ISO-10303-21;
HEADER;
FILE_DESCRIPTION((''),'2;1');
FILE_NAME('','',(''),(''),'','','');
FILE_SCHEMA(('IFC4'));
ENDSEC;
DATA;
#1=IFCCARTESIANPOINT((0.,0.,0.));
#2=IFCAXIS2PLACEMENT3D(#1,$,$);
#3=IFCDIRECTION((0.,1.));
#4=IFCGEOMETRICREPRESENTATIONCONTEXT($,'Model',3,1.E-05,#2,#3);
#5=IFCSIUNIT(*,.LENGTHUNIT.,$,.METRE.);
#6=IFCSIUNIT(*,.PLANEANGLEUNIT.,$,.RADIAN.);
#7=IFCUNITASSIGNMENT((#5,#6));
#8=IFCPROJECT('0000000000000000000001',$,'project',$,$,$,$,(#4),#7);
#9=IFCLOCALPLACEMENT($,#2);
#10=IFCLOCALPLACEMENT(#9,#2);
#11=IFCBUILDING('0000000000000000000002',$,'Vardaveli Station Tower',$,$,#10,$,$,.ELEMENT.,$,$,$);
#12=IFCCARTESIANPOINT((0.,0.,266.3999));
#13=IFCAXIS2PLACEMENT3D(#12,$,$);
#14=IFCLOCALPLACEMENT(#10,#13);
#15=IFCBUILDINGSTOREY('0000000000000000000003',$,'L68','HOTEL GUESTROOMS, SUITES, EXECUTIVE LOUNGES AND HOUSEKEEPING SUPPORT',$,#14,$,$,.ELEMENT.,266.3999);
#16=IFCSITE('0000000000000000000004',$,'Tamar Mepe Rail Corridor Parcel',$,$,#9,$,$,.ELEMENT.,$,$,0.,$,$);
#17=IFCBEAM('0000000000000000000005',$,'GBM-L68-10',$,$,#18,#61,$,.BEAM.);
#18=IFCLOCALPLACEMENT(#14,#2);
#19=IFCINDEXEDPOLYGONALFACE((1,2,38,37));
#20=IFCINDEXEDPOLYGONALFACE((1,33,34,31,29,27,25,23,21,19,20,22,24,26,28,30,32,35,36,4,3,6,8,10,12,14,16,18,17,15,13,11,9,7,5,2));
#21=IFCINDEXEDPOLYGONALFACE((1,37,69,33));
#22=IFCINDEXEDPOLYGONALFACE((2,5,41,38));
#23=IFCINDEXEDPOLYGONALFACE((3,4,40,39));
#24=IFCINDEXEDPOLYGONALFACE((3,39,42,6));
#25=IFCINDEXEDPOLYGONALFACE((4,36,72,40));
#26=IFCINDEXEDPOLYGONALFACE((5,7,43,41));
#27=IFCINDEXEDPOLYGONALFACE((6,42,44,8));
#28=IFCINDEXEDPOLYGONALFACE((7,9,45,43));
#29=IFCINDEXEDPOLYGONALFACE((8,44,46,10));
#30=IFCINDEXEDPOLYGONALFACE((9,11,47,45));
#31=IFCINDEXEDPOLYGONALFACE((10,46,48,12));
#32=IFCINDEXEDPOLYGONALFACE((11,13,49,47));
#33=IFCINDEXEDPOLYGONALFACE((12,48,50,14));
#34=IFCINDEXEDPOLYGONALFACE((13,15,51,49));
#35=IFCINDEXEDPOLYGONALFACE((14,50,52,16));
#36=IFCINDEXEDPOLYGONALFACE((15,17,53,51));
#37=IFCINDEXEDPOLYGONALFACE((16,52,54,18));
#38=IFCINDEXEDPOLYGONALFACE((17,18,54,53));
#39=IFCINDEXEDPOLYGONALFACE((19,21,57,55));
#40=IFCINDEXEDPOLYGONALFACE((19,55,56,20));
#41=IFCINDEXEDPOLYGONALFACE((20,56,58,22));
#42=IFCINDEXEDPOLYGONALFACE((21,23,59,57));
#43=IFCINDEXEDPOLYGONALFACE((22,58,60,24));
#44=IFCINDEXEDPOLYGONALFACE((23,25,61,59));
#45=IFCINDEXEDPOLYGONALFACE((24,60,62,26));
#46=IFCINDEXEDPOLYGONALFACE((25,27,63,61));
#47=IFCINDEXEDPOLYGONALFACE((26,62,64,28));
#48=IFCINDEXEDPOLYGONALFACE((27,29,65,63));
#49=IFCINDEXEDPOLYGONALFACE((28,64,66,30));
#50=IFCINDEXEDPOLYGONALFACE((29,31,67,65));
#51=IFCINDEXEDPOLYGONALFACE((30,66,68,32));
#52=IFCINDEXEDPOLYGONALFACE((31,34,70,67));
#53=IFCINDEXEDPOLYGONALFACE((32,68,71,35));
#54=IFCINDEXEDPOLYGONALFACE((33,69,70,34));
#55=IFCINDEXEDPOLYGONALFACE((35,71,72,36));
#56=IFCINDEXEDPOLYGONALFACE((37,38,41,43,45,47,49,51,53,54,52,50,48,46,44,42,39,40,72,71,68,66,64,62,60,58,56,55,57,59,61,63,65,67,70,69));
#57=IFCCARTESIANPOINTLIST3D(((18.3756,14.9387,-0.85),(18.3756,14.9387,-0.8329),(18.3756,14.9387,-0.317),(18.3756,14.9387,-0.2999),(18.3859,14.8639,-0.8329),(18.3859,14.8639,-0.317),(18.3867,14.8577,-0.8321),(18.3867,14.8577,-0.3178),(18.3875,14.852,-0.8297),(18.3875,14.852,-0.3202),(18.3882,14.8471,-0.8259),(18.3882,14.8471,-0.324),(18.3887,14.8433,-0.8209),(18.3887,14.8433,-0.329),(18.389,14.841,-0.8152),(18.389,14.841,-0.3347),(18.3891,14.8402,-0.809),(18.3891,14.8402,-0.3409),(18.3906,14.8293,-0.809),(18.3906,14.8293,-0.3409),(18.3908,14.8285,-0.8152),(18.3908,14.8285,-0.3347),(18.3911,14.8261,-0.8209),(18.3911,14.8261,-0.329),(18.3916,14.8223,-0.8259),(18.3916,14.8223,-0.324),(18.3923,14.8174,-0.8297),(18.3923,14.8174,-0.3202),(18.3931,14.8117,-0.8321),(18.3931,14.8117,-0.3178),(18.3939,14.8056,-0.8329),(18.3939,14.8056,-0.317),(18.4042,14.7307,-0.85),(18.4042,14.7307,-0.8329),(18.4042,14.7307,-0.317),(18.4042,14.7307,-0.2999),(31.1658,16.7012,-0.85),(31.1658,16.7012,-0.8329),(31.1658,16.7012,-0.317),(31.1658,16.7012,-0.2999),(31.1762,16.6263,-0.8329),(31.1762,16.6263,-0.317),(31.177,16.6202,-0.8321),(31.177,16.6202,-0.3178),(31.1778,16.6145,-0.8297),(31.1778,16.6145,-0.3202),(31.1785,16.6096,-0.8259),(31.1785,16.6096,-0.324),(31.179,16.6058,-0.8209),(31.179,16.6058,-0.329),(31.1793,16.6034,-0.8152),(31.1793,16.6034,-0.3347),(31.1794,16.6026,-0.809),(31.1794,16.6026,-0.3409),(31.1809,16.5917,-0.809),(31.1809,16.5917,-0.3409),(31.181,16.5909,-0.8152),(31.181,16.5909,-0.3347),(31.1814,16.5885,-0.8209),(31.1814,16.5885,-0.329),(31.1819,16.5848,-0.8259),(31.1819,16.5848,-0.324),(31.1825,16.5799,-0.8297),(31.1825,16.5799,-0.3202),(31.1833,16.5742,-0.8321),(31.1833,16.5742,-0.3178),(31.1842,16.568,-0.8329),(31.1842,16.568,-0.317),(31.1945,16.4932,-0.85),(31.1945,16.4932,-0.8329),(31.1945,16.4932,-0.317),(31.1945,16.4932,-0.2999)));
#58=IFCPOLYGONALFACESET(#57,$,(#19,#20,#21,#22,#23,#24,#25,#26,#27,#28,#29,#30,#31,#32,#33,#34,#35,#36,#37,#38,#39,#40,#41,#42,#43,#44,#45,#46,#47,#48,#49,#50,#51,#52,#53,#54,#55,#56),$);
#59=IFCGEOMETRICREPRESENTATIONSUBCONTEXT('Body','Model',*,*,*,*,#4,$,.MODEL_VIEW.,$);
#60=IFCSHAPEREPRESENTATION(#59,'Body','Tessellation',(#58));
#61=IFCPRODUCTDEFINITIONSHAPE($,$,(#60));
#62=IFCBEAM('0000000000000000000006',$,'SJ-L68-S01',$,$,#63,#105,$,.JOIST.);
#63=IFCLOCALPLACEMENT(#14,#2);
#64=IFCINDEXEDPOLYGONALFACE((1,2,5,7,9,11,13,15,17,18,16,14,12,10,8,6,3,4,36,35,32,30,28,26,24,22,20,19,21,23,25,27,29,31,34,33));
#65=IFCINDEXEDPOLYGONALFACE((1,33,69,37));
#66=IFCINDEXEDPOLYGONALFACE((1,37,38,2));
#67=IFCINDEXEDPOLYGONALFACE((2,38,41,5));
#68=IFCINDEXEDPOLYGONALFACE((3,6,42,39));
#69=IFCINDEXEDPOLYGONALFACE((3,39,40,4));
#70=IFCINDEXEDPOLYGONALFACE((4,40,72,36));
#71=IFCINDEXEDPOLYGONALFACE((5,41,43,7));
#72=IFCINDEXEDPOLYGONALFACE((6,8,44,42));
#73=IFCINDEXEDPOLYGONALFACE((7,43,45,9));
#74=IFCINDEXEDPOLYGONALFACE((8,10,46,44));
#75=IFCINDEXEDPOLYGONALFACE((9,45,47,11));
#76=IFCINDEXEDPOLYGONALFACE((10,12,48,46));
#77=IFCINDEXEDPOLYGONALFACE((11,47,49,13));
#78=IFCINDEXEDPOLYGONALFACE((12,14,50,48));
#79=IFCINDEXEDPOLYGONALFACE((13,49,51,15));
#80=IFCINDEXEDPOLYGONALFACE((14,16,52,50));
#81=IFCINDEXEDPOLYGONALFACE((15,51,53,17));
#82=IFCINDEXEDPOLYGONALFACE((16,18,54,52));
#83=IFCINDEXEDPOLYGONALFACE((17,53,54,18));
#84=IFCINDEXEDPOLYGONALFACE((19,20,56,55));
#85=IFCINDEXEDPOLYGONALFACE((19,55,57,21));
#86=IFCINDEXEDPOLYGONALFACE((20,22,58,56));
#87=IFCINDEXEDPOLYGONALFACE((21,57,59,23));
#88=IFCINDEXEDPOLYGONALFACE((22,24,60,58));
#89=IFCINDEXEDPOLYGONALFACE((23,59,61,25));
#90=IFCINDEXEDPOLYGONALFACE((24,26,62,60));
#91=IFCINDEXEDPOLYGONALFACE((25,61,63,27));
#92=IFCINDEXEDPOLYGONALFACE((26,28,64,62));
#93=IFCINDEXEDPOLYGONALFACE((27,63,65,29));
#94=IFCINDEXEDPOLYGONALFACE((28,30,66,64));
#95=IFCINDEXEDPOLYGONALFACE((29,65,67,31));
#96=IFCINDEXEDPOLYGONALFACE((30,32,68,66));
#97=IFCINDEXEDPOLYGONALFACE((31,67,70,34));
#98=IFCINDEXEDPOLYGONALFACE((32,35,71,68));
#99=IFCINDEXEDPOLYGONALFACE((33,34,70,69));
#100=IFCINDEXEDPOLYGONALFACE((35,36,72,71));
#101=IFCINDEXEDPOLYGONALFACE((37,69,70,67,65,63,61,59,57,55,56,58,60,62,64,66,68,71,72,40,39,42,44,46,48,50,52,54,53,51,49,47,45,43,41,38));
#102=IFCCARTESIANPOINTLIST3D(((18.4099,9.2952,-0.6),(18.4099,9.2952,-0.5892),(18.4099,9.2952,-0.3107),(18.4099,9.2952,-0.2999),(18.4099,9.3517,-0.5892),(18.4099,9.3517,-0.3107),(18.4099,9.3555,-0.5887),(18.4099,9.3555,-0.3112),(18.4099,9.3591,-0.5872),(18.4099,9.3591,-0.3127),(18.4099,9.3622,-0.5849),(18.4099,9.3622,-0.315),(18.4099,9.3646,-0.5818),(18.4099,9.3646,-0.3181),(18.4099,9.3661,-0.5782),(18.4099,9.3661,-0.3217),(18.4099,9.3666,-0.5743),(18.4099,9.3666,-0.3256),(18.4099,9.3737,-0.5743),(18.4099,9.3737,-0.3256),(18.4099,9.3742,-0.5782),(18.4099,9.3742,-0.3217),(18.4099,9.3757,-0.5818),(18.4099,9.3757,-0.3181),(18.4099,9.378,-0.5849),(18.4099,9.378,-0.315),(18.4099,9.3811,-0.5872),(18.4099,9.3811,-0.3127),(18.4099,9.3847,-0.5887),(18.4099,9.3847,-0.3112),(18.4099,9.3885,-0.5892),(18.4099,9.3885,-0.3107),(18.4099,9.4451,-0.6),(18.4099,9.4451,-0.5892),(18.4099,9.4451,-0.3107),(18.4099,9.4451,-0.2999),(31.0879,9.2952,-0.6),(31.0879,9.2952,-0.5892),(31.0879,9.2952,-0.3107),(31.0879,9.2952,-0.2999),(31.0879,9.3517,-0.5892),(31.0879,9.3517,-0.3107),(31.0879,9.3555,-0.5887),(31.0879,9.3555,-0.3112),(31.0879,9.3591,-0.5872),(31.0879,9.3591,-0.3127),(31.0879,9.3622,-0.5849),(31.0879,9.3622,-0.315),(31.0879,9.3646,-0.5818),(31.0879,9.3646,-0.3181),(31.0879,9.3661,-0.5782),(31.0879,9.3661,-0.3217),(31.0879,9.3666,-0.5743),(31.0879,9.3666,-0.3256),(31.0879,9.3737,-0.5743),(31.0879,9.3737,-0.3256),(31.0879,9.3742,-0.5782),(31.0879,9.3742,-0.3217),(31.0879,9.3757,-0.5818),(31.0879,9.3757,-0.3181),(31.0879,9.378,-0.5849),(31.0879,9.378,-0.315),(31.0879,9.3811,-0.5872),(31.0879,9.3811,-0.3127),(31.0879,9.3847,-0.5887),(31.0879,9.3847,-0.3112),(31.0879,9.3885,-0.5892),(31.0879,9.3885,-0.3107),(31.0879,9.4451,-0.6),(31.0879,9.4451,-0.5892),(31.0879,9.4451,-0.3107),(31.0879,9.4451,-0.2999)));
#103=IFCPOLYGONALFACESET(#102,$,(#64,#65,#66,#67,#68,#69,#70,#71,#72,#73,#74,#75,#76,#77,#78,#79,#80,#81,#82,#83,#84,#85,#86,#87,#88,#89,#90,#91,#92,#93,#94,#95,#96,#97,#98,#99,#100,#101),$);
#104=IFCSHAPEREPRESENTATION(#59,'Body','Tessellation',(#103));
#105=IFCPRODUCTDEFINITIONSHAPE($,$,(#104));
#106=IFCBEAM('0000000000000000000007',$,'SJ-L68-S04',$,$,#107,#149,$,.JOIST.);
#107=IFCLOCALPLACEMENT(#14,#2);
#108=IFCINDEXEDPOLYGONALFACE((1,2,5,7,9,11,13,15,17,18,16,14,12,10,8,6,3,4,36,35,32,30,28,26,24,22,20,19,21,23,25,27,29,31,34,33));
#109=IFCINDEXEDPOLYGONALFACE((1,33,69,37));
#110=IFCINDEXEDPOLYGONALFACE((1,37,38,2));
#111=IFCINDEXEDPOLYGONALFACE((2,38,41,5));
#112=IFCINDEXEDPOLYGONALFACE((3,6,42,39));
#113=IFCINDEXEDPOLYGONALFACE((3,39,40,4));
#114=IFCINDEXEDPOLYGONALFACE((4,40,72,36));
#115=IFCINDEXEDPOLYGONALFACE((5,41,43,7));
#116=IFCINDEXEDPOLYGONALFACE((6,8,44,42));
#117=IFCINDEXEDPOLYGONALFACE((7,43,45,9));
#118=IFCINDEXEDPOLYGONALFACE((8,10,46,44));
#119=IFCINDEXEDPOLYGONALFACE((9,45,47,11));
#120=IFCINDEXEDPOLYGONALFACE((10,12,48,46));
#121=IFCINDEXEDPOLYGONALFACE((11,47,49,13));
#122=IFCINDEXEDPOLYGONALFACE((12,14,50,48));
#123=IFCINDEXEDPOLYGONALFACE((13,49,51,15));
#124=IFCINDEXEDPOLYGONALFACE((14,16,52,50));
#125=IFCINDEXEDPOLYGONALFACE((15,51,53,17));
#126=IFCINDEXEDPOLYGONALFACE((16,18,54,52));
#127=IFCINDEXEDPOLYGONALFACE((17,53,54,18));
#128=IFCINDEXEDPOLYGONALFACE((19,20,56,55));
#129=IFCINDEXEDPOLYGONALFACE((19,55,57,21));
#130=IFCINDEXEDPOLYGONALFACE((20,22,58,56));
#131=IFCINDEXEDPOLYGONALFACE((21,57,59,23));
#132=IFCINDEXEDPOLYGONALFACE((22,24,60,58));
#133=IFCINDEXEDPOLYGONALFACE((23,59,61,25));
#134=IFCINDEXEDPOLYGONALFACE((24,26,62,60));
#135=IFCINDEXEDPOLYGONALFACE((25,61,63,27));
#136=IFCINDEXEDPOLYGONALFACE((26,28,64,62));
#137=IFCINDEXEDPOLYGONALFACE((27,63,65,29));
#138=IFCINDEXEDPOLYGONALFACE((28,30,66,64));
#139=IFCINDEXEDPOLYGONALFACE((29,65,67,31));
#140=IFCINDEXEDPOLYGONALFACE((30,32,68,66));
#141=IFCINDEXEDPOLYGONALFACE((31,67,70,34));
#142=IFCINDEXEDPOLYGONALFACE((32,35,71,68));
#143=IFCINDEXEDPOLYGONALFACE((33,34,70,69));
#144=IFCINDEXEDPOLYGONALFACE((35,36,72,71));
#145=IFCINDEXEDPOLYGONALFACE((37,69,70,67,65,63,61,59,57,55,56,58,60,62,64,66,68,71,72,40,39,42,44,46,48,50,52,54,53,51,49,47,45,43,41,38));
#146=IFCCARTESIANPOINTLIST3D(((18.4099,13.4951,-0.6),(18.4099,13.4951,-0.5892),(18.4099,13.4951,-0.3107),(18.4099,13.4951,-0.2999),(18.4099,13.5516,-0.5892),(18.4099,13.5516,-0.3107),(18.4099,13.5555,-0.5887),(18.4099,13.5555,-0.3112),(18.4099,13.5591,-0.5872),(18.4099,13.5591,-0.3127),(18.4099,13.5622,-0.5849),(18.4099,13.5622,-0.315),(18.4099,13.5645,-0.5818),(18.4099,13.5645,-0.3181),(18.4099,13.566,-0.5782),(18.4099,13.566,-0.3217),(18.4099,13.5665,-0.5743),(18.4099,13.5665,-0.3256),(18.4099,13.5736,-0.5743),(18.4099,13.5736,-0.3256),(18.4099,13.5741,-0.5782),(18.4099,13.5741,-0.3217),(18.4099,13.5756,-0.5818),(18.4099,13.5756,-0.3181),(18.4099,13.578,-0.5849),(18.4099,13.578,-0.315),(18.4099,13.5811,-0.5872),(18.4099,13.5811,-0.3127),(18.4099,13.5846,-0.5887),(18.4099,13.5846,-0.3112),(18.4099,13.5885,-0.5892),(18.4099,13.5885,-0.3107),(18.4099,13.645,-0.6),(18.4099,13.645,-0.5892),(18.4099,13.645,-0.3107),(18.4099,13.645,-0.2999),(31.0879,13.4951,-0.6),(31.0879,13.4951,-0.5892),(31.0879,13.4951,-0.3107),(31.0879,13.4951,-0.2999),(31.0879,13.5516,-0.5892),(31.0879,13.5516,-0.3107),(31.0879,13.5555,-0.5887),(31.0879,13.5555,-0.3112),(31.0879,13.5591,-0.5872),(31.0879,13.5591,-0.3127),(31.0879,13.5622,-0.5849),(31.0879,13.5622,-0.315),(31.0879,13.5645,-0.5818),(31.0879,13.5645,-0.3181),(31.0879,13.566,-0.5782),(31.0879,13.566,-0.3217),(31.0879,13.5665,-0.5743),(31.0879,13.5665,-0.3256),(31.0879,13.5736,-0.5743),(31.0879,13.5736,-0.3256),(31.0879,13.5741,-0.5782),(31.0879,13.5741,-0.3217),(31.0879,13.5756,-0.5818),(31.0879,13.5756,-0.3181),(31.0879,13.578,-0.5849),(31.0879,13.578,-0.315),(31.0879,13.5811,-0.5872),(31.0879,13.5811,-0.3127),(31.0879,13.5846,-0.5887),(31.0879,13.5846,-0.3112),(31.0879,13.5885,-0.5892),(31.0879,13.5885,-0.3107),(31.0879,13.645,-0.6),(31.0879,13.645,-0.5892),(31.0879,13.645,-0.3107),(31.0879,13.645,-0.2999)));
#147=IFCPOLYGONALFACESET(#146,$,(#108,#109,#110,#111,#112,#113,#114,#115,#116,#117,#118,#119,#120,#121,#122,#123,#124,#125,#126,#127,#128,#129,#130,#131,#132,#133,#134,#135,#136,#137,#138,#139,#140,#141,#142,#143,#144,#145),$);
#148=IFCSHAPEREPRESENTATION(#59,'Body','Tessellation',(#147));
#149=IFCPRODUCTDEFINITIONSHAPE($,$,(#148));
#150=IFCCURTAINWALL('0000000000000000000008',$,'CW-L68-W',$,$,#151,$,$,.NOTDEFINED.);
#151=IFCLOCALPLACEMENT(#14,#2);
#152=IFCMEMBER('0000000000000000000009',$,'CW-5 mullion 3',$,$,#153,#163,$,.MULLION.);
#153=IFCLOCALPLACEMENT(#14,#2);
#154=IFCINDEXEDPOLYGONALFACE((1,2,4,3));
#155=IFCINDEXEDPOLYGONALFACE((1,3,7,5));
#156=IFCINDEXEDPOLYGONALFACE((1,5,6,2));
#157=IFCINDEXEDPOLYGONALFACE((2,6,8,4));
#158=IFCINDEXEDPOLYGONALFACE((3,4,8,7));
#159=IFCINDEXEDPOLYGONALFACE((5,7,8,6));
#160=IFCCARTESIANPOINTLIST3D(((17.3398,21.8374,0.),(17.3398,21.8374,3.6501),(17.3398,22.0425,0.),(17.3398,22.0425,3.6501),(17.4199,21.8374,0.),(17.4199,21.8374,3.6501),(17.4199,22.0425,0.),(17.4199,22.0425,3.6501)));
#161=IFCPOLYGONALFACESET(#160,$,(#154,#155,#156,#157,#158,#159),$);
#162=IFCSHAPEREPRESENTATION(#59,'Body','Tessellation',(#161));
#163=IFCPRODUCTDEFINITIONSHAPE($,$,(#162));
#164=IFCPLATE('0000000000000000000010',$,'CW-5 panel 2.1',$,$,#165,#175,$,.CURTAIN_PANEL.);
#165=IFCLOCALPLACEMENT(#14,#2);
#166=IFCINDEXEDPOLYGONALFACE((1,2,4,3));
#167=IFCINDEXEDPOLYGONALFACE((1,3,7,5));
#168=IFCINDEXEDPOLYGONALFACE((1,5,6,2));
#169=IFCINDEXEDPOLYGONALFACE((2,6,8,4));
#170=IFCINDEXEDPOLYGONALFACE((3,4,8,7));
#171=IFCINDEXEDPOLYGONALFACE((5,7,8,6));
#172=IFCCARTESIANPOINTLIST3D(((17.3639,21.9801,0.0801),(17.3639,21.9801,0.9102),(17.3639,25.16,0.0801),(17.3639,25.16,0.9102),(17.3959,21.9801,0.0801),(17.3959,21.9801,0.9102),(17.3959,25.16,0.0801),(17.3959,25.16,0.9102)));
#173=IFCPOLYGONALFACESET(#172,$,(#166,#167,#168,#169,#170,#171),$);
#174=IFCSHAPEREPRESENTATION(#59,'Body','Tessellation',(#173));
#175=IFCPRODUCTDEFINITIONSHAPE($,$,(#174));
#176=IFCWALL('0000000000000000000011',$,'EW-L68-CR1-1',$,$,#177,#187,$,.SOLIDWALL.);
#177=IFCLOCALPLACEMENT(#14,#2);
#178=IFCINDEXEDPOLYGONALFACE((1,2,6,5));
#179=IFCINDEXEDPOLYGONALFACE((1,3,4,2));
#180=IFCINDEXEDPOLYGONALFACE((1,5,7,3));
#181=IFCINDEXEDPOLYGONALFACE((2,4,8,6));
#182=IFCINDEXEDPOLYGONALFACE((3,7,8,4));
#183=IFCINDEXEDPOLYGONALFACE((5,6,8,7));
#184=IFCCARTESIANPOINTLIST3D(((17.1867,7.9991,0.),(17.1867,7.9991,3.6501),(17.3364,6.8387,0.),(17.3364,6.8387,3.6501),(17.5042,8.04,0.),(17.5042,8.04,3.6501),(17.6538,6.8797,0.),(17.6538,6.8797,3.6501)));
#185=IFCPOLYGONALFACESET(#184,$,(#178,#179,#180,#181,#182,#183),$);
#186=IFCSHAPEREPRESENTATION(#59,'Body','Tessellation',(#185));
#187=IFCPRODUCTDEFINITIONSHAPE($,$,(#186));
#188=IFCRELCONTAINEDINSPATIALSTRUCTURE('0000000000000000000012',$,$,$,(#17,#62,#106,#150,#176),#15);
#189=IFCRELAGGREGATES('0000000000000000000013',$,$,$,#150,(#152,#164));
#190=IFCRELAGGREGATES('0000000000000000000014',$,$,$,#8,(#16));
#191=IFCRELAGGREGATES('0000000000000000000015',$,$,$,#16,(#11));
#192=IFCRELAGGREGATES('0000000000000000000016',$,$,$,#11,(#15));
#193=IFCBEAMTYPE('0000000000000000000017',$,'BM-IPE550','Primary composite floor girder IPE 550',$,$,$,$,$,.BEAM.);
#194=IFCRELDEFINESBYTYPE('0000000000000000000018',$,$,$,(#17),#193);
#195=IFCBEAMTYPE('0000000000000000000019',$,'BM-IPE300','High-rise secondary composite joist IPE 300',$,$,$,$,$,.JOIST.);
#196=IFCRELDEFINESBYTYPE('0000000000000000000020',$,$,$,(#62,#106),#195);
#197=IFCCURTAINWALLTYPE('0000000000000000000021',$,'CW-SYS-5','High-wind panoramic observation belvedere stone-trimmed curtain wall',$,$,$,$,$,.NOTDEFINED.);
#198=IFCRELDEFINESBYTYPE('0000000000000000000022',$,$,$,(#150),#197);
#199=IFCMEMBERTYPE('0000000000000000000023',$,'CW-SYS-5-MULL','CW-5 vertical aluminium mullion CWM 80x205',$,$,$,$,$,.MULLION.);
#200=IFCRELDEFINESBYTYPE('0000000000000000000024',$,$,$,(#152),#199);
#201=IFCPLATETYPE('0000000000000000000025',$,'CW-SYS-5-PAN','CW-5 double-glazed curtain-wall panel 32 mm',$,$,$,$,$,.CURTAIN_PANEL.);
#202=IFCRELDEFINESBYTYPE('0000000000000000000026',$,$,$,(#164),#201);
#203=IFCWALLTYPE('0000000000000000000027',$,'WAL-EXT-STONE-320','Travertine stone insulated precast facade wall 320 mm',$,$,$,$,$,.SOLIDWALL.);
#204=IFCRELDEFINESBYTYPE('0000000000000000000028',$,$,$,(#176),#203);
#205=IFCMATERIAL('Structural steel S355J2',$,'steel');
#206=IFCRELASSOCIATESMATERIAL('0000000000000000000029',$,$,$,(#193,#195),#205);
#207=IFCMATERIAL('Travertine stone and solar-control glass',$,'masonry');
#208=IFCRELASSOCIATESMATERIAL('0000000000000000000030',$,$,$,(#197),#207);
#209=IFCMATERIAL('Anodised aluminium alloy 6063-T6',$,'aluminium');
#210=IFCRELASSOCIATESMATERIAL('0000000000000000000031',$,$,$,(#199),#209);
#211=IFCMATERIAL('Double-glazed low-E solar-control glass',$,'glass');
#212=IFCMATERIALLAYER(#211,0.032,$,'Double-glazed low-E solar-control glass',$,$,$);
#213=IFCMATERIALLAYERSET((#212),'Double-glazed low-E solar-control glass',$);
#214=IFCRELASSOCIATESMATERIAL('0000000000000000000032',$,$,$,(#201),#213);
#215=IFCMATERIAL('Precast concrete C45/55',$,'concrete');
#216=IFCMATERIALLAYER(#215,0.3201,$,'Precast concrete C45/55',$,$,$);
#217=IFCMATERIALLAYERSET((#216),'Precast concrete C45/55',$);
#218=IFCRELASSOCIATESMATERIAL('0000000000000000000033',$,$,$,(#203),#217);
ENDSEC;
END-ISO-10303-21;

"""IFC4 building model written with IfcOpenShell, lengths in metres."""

from ifc_helpers import new_model, si_unit, direction, frame, frame_2d, origin, origin_2d, place, context, subcontext, project, spatial, rectangle, i_section, extrude, source, transform, mapped, material, layer, layer_set, material_profile, profile_set, type_object, element, aggregate, save


model = new_model("IFC4")

# Units and contexts
model_context = context("Model", 3, precision=1e-05, world=origin(), true_north=direction((0.0, 1.0)))
body_context = subcontext(model_context, "Body", "Model", "MODEL_VIEW")
ifc_project = project(units=[si_unit("LENGTHUNIT", "METRE"), si_unit("PLANEANGLEUNIT", "RADIAN")], contexts=[model_context])

# Site, building, storey
site_placement = place(None, origin())
site = spatial("IfcSite", under=ifc_project, at=site_placement, Name="Tamar Mepe Rail Corridor Parcel", CompositionType="ELEMENT", RefElevation=0.0)
building_placement = place(site_placement, origin())
building = spatial("IfcBuilding", under=site, at=building_placement, Name="Vardaveli Station Tower", CompositionType="ELEMENT")
storey_placement = place(building_placement, frame((0.0, 0.0, 266.3999)))
storey = spatial("IfcBuildingStorey", under=building, at=storey_placement, Name="L68", Description="HOTEL GUESTROOMS, SUITES, EXECUTIVE LOUNGES AND HOUSEKEEPING SUPPORT", CompositionType="ELEMENT", Elevation=266.3999)

# Beams
ifc_material_1 = material(Name="Precast concrete C45/55", Category="concrete")
ifc_material_2 = material(Name="Structural steel S355J2", Category="steel")
ifc_material_profile_1 = material_profile(ifc_material_2, i_section(OverallWidth=0.21, OverallDepth=0.55, WebThickness=0.011, FlangeThickness=0.0171, FilletRadius=0.0239, at=origin_2d()), Name="IPE 550")
ifc_profile_set_1 = profile_set([ifc_material_profile_1], Name="Structural steel S355J2")
beam_type_1 = type_object("IfcBeamType", Name="BM-IPE550", Description="Primary composite floor girder IPE 550", PredefinedType="BEAM", material=ifc_profile_set_1)
shared_shape_1 = source(origin(), body_context, "Body", "SweptSolid", [
    extrude(i_section(OverallWidth=0.21, OverallDepth=0.55, WebThickness=0.011, FlangeThickness=0.0171, FilletRadius=0.0239, at=origin_2d()), origin(), (0.0, 0.0, 1.0), 12.9111),
])
beam_1_placement = place(storey_placement, frame((18.3899, 14.8347, -0.575), z_axis=(0.990639, 0.136506, 0.0), x_axis=(-0.136506, 0.990639, 0.0)))
element("IfcBeam", 1, at=beam_1_placement, inside=storey, type_object=beam_type_1, Name="GBM-L68-10", PredefinedType="BEAM", context=body_context, shape_type="MappedRepresentation", body=[
    mapped(shared_shape_1, transform((0.0, 0.0, 0.0), scale=1.0)),
])
ifc_material_profile_2 = material_profile(ifc_material_2, i_section(OverallWidth=0.1499, OverallDepth=0.3, WebThickness=0.0071, FlangeThickness=0.0107, FilletRadius=0.0149, at=origin_2d()), Name="IPE 300")
ifc_profile_set_2 = profile_set([ifc_material_profile_2], Name="Structural steel S355J2")
beam_type_2 = type_object("IfcBeamType", Name="BM-IPE300", Description="High-rise secondary composite joist IPE 300", PredefinedType="JOIST", material=ifc_profile_set_2)
shared_shape_2 = source(origin(), body_context, "Body", "SweptSolid", [
    extrude(i_section(OverallWidth=0.1499, OverallDepth=0.3, WebThickness=0.0071, FlangeThickness=0.0107, FilletRadius=0.0149, at=origin_2d()), origin(), (0.0, 0.0, 1.0), 12.678),
])
for number, where, z_axis, x_axis, name in (
    (2, (18.4099, 9.3701, -0.45), (1.0, 0.0, 0.0), (0.0, 1.0, 0.0), "SJ-L68-S01"),
    (3, (18.4099, 13.5701, -0.45), (1.0, 0.0, 0.0), (0.0, 1.0, 0.0), "SJ-L68-S04"),
):
    element("IfcBeam", number, at=place(storey_placement, frame(where, z_axis=z_axis, x_axis=x_axis)), inside=storey, type_object=beam_type_2, Name=name, PredefinedType="JOIST", context=body_context, shape_type="MappedRepresentation", body=[
        mapped(shared_shape_2, transform((0.0, 0.0, 0.0), scale=1.0)),
    ])

# Curtain wall, member, plate
ifc_material_3 = material(Name="Travertine stone and solar-control glass", Category="masonry")
curtain_wall_type = type_object("IfcCurtainWallType", Name="CW-SYS-5", Description="High-wind panoramic observation belvedere stone-trimmed curtain wall", PredefinedType="NOTDEFINED", material=ifc_material_3)
curtain_wall_placement = place(storey_placement, origin())
curtain_wall = element("IfcCurtainWall", 4, at=curtain_wall_placement, inside=storey, type_object=curtain_wall_type, Name="CW-L68-W", PredefinedType="NOTDEFINED")
ifc_material_4 = material(Name="Anodised aluminium alloy 6063-T6", Category="aluminium")
ifc_material_profile_3 = material_profile(ifc_material_4, rectangle(XDim=0.0801, YDim=0.2051, at=origin_2d()), Name="CWM 80x205")
ifc_profile_set_3 = profile_set([ifc_material_profile_3], Name="Anodised aluminium alloy 6063-T6")
member_type = type_object("IfcMemberType", Name="CW-SYS-5-MULL", Description="CW-5 vertical aluminium mullion CWM 80x205", PredefinedType="MULLION", material=ifc_profile_set_3)
shared_shape_3 = source(origin(), body_context, "Body", "SweptSolid", [
    extrude(rectangle(XDim=0.0801, YDim=0.2051, at=origin_2d()), origin(), (0.0, 0.0, 1.0), 3.6501),
])
member_placement = place(storey_placement, frame((17.3799, 21.9399, 0.0), z_axis=(0.0, 0.0, 1.0), x_axis=(1.0, 0.0, 0.0)))
member = element("IfcMember", 5, at=member_placement, type_object=member_type, Name="CW-5 mullion 3", PredefinedType="MULLION", context=body_context, shape_type="MappedRepresentation", body=[
    mapped(shared_shape_3, transform((0.0, 0.0, 0.0), scale=1.0)),
])
ifc_material_5 = material(Name="Double-glazed low-E solar-control glass", Category="glass")
ifc_layer_1 = layer(ifc_material_5, 0.032, Name="Double-glazed low-E solar-control glass")
ifc_layer_set_1 = layer_set([ifc_layer_1], Name="Double-glazed low-E solar-control glass")
plate_type = type_object("IfcPlateType", Name="CW-SYS-5-PAN", Description="CW-5 double-glazed curtain-wall panel 32 mm", PredefinedType="CURTAIN_PANEL", material=ifc_layer_set_1)
shared_shape_4 = source(origin(), body_context, "Body", "SweptSolid", [
    extrude(rectangle(XDim=3.1799, YDim=0.032, at=origin_2d()), origin(), (0.0, 0.0, 1.0), 0.8301),
])
plate_placement = place(storey_placement, frame((17.3799, 23.5701, 0.0801), z_axis=(0.0, 0.0, 1.0), x_axis=(0.0, -1.0, 0.0)))
plate = element("IfcPlate", 6, at=plate_placement, type_object=plate_type, Name="CW-5 panel 2.1", PredefinedType="CURTAIN_PANEL", context=body_context, shape_type="MappedRepresentation", body=[
    mapped(shared_shape_4, transform((0.0, 0.0, 0.0), scale=1.0)),
])
aggregate(curtain_wall, [member, plate])

# Wall
ifc_layer_2 = layer(ifc_material_1, 0.3201, Name="Precast concrete C45/55")
ifc_layer_set_2 = layer_set([ifc_layer_2], Name="Precast concrete C45/55")
wall_type_1 = type_object("IfcWallType", Name="WAL-EXT-STONE-320", Description="Travertine stone insulated precast facade wall 320 mm", PredefinedType="SOLIDWALL", material=ifc_layer_set_2)
shared_shape_5 = source(origin(), body_context, "Body", "SweptSolid", [
    extrude(rectangle(XDim=1.1699, YDim=0.3201, at=frame_2d((0.585, 0.0))), origin(), (0.0, 0.0, 1.0), 3.6501),
])
wall_1_placement = place(storey_placement, frame((17.3455, 8.0195, 0.0), z_axis=(0.0, 0.0, 1.0), x_axis=(0.127912, -0.991786, 0.0)))
element("IfcWall", 7, at=wall_1_placement, inside=storey, type_object=wall_type_1, Name="EW-L68-CR1-1", PredefinedType="SOLIDWALL", context=body_context, shape_type="MappedRepresentation", body=[
    mapped(shared_shape_5, transform((0.0, 0.0, 0.0), scale=1.0)),
])

save(model, "model.ifc")
